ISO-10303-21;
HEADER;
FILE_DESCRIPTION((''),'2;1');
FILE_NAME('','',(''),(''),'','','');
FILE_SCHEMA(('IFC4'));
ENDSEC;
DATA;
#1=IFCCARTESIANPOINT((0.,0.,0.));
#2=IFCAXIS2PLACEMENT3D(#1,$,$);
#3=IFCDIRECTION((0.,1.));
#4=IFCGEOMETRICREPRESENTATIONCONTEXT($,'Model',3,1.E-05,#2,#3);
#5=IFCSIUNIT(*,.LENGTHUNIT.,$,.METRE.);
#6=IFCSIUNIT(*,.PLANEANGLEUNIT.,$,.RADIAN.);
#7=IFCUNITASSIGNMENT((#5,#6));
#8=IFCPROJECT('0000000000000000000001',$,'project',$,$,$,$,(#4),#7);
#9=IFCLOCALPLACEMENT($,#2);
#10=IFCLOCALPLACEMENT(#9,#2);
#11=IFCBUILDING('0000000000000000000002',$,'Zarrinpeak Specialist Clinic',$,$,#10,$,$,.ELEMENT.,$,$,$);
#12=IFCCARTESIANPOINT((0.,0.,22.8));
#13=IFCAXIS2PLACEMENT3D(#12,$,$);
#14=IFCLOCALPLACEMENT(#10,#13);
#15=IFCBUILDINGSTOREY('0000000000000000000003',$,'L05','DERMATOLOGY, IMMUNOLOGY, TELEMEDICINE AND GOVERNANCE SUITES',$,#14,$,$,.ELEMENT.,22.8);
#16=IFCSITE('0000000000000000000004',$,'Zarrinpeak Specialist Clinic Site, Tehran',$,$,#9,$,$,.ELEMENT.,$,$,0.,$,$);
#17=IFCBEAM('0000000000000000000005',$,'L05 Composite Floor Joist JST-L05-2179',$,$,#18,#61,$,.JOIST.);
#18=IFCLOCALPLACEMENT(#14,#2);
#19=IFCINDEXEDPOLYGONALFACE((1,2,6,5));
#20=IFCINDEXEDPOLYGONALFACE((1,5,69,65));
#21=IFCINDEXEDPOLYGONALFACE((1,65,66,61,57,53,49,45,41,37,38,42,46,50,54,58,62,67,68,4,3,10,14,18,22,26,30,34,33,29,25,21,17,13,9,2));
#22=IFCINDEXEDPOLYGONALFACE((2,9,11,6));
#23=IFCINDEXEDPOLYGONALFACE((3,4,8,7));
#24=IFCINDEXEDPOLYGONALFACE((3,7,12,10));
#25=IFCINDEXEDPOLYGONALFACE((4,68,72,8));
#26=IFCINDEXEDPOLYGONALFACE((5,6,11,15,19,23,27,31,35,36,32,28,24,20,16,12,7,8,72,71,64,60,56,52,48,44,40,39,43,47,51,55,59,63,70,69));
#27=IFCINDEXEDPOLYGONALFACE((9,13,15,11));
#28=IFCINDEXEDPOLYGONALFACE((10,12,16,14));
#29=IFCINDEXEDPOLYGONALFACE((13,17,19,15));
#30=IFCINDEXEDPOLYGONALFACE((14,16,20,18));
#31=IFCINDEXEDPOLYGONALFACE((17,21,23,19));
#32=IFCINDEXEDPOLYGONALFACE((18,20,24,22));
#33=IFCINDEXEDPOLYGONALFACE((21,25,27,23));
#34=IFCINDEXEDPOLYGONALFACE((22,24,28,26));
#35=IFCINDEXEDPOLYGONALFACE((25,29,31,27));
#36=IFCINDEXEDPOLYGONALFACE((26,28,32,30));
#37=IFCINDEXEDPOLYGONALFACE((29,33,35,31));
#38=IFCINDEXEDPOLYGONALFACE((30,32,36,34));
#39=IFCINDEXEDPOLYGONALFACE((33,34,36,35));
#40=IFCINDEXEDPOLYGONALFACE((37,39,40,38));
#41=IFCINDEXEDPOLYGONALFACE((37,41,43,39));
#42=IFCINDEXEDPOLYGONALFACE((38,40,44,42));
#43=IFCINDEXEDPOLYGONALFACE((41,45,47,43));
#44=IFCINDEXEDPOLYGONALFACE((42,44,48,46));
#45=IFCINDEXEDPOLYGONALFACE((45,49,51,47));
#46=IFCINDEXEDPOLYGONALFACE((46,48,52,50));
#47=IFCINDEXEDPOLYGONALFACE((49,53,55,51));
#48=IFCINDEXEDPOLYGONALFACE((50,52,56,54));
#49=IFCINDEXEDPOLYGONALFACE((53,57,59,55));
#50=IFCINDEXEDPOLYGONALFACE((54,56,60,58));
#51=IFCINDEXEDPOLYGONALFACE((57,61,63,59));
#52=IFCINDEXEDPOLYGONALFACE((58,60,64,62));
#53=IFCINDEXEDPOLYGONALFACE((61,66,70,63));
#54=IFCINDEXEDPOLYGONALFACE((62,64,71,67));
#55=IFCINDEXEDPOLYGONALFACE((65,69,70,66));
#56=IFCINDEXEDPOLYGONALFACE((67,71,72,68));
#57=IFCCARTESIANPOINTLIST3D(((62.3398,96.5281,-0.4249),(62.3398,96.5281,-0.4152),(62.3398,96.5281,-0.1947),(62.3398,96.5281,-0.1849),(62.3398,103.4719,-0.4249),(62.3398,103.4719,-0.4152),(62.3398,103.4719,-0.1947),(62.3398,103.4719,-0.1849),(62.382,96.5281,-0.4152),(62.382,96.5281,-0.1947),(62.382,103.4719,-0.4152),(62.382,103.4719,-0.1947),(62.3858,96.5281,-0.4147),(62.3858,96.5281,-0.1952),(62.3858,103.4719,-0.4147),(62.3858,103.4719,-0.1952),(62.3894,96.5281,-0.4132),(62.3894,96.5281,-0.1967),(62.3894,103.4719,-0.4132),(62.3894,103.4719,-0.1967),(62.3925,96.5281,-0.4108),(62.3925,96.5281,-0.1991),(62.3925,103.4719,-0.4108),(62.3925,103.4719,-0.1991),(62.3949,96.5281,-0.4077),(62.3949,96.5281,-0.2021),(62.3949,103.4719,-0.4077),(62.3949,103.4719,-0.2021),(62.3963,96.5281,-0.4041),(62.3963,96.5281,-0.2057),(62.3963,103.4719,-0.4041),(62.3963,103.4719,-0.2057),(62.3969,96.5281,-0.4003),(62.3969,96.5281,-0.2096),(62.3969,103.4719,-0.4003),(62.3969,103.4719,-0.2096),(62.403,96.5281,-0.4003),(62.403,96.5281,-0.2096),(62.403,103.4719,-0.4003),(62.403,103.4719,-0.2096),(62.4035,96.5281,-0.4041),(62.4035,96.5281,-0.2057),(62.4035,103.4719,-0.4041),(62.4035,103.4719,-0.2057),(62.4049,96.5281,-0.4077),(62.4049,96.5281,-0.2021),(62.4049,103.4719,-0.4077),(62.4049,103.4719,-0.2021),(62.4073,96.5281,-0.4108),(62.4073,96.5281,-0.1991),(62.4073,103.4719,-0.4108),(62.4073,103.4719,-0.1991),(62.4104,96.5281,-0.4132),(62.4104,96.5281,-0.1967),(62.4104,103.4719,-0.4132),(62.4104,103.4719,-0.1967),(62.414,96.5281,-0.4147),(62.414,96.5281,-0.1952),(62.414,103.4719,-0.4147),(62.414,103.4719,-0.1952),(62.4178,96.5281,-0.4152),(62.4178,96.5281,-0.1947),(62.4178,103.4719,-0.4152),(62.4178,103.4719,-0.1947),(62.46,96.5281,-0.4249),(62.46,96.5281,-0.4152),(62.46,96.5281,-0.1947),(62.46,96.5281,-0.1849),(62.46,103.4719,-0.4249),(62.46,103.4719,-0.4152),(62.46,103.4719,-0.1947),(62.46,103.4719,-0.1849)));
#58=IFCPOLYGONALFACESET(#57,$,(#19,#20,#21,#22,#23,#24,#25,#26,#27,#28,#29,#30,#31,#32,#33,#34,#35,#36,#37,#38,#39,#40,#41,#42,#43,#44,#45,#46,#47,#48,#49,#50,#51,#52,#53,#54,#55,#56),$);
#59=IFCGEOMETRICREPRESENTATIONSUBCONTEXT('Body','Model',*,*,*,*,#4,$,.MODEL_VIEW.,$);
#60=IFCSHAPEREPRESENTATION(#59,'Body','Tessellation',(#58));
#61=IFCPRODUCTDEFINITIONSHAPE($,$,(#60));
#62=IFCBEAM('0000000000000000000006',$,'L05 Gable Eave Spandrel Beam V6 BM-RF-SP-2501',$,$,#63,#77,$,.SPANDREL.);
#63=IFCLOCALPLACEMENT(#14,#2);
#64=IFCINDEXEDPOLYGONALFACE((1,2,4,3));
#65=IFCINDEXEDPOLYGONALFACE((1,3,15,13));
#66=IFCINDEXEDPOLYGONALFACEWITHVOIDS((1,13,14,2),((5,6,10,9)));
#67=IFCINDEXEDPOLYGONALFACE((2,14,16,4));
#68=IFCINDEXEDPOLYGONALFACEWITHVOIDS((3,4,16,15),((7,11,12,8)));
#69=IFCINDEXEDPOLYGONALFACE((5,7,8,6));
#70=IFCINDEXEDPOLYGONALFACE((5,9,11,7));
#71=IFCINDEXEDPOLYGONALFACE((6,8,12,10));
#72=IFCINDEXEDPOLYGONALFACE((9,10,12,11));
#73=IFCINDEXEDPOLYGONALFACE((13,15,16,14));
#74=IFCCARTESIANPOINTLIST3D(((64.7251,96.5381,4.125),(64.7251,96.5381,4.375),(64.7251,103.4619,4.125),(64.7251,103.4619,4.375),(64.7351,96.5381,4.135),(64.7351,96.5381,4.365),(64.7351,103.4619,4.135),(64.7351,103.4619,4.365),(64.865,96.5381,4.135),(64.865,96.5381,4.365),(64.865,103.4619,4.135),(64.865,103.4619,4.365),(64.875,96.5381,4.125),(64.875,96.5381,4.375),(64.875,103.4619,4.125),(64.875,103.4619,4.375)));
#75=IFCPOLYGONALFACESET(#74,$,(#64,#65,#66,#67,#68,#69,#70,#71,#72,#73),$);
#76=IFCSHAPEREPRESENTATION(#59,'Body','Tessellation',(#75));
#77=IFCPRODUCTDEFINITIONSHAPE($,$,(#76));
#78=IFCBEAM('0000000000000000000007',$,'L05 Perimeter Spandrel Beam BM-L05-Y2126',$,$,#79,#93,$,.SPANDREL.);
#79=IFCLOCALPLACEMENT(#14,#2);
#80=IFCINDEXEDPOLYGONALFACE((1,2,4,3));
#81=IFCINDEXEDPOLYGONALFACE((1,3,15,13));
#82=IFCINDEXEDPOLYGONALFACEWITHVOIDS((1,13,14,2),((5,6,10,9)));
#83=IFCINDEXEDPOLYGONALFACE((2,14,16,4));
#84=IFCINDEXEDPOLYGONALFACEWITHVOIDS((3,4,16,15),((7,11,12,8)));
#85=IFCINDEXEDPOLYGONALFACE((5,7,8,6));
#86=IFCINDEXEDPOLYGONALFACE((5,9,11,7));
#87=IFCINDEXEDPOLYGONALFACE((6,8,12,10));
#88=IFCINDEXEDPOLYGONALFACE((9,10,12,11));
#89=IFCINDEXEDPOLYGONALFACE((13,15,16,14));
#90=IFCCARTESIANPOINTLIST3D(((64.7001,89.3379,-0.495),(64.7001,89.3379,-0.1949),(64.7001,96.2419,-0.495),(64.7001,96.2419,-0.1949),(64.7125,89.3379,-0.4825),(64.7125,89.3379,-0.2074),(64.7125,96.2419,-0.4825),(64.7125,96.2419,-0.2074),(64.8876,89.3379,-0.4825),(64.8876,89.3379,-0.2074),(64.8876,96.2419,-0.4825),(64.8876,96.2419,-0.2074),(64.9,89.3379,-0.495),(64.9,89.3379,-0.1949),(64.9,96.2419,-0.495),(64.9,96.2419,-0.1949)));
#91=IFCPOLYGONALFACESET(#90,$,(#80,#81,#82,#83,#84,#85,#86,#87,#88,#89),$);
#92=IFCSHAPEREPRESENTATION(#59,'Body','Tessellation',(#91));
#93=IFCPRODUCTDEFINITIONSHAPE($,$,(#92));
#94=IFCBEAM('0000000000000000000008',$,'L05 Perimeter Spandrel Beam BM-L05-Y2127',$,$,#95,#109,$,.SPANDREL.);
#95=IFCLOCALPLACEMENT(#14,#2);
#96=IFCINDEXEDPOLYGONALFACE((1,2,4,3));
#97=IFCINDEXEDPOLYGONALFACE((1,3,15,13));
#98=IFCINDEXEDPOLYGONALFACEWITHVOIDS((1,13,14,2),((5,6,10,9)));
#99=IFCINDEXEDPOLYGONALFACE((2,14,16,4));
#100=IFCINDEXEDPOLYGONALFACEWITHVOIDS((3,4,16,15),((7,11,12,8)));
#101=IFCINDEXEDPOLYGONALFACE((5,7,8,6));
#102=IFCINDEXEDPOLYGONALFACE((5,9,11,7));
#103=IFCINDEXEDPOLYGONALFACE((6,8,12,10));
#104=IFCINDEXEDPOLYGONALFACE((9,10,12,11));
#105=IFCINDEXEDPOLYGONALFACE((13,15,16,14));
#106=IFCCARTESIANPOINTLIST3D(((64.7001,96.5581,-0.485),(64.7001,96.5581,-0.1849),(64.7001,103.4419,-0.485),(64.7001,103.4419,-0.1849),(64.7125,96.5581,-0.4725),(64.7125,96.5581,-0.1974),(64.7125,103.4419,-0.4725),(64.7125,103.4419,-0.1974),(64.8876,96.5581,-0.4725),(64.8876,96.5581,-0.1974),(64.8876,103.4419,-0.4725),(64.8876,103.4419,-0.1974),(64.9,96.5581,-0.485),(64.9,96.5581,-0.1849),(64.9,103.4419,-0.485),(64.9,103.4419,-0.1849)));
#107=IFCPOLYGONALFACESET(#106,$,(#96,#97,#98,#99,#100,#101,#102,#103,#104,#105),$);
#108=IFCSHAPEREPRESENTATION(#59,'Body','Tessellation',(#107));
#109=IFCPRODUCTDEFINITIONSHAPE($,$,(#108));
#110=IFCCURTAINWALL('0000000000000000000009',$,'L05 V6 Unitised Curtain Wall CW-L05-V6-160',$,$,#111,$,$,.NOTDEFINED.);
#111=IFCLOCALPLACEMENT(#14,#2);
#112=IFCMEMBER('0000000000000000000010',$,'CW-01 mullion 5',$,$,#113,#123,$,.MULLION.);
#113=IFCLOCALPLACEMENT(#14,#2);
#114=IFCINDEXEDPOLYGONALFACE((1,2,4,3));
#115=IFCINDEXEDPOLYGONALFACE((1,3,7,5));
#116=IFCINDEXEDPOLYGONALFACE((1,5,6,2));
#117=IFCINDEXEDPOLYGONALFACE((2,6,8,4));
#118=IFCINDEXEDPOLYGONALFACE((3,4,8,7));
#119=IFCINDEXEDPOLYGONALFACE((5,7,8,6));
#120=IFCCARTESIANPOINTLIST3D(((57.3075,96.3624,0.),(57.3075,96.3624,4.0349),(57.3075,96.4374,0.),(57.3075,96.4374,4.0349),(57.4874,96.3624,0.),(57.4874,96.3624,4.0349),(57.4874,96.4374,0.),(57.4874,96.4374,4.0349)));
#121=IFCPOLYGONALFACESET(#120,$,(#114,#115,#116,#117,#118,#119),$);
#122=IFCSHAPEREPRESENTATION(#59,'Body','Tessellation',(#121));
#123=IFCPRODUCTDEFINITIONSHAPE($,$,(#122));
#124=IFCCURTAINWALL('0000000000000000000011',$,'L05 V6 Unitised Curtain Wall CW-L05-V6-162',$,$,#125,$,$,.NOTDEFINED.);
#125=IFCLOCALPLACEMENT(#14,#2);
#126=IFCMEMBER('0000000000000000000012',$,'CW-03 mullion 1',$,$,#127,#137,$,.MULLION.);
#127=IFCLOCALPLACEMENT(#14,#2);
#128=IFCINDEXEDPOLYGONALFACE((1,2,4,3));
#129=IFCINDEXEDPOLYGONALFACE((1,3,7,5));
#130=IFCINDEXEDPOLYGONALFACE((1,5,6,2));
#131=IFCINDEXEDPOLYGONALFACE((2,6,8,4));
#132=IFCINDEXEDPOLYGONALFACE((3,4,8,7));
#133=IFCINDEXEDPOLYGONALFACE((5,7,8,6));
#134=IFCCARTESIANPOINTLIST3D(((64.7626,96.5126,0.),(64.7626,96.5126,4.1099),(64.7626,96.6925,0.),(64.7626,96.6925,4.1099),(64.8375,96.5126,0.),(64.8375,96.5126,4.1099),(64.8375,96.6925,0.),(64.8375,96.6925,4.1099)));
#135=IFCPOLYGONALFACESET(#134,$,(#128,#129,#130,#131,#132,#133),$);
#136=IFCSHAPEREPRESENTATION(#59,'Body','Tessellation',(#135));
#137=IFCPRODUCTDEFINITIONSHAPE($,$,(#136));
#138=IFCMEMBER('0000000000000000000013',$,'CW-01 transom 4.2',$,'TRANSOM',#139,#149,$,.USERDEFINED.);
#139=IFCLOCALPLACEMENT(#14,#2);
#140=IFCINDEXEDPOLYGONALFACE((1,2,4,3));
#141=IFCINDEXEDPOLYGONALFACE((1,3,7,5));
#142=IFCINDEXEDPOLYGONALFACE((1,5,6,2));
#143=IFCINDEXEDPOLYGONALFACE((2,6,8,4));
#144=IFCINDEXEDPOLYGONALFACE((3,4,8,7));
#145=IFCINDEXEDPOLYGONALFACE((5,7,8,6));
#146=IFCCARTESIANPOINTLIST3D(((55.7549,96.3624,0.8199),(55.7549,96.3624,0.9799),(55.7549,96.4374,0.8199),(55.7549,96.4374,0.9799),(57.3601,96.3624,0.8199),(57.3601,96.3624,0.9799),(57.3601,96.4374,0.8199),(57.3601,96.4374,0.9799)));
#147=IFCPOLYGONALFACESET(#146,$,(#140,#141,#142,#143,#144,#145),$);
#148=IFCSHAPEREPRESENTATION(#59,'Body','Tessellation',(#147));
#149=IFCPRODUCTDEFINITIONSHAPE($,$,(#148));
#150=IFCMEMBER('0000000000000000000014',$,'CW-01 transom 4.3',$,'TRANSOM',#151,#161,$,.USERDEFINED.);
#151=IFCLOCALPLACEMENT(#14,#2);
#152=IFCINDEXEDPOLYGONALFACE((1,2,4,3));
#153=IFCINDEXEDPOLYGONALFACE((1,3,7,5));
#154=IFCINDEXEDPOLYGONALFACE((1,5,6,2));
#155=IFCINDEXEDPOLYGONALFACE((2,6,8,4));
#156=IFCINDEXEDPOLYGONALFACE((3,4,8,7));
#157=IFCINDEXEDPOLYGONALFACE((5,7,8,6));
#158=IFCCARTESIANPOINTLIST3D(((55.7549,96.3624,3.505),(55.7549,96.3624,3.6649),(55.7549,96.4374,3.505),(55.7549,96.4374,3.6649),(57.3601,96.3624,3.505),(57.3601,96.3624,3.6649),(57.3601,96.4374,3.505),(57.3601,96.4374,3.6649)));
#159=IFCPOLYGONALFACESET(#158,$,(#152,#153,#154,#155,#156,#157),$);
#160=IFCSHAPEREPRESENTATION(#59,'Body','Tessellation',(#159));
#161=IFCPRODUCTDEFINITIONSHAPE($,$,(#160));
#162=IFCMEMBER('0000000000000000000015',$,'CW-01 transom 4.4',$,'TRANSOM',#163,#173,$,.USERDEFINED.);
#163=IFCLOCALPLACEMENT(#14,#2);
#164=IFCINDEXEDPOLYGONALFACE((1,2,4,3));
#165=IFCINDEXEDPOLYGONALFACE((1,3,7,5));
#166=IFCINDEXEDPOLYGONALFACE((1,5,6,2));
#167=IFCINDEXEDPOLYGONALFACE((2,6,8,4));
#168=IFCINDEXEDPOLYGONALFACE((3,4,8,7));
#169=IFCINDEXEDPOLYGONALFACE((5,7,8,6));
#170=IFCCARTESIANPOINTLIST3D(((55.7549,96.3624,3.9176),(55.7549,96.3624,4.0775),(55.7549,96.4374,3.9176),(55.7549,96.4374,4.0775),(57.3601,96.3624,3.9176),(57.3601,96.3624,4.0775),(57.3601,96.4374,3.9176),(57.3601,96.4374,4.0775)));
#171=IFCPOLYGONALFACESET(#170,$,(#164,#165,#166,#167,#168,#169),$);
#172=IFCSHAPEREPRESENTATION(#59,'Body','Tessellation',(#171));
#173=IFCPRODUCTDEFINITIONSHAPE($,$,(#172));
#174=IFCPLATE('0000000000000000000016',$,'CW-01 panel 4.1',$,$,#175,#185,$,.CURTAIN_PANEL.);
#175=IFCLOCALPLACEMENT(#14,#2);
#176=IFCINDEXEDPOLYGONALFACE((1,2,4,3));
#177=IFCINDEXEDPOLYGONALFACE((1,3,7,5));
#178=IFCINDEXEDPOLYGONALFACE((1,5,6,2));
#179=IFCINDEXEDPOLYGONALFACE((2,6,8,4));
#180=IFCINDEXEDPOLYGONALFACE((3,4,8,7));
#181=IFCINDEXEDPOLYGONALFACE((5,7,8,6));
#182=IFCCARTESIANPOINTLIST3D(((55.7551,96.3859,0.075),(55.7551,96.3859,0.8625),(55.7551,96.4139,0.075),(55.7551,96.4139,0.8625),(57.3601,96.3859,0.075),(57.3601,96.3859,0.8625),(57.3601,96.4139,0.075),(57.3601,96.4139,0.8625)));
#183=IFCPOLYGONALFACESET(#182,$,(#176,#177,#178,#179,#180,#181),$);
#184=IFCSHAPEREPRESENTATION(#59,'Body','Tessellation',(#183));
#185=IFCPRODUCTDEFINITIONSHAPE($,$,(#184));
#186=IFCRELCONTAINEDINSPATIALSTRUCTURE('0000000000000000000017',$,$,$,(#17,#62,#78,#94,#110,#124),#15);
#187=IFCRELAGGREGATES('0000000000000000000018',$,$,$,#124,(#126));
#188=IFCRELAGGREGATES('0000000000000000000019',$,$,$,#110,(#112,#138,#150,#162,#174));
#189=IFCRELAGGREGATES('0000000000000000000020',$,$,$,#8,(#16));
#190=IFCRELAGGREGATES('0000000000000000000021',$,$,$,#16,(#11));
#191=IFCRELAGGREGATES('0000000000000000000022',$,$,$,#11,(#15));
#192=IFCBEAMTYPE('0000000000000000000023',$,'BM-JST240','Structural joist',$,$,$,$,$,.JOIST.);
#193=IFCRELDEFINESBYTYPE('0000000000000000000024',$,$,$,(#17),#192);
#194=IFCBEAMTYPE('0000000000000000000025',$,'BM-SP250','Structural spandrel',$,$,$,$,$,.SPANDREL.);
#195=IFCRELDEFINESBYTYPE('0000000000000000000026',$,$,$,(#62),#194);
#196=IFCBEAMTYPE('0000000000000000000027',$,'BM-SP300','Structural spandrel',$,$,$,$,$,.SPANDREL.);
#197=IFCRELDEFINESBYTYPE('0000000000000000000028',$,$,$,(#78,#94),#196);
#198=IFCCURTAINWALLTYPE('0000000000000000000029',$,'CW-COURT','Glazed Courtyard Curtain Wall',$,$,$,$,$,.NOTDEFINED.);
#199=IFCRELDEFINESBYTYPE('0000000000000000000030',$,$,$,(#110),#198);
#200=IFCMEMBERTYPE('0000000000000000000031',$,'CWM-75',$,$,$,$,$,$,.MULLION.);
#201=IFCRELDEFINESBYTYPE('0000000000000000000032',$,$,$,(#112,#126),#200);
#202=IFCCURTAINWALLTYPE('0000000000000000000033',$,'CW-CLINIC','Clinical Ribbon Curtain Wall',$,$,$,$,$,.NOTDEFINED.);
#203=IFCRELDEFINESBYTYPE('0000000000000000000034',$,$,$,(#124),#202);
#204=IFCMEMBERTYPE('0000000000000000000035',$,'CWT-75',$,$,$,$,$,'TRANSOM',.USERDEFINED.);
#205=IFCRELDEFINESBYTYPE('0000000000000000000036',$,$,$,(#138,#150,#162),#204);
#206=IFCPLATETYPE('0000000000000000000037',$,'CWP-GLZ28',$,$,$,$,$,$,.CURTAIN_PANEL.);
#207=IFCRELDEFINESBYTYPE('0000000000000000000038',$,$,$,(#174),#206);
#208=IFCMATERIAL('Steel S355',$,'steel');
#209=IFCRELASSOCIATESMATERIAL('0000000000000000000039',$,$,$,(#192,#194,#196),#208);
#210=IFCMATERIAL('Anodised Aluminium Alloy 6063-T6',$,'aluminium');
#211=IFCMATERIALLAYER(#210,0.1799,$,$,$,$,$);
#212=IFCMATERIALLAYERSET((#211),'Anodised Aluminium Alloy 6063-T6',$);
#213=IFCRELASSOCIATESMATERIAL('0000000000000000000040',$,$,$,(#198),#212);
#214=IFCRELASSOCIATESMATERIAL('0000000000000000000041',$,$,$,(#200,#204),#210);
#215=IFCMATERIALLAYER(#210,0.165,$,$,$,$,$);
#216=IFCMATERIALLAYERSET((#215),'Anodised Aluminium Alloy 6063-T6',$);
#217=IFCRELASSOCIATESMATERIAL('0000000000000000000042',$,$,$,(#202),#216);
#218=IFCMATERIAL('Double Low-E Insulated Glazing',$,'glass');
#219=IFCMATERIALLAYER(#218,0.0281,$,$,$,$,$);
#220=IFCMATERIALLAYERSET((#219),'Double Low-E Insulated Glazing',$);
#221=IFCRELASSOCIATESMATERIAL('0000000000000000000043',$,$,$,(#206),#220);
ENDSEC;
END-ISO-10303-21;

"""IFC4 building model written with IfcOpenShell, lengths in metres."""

from ifc_helpers import new_model, si_unit, direction, frame, origin, origin_2d, place, context, subcontext, project, spatial, rectangle, hollow_rectangle, i_section, extrude, material, layer, layer_set, material_profile, profile_set, type_object, element, aggregate, save


model = new_model("IFC4")

# Units and contexts
model_context = context("Model", 3, precision=1e-05, world=origin(), true_north=direction((0.0, 1.0)))
body_context = subcontext(model_context, "Body", "Model", "MODEL_VIEW")
ifc_project = project(units=[si_unit("LENGTHUNIT", "METRE"), si_unit("PLANEANGLEUNIT", "RADIAN")], contexts=[model_context])

# Site, building, storey
site_placement = place(None, origin())
site = spatial("IfcSite", under=ifc_project, at=site_placement, Name="Zarrinpeak Specialist Clinic Site, Tehran", CompositionType="ELEMENT", RefElevation=0.0)
building_placement = place(site_placement, origin())
building = spatial("IfcBuilding", under=site, at=building_placement, Name="Zarrinpeak Specialist Clinic", CompositionType="ELEMENT")
storey_placement = place(building_placement, frame((0.0, 0.0, 22.8)))
storey = spatial("IfcBuildingStorey", under=building, at=storey_placement, Name="L05", Description="DERMATOLOGY, IMMUNOLOGY, TELEMEDICINE AND GOVERNANCE SUITES", CompositionType="ELEMENT", Elevation=22.8)

# Shared definitions
ifc_material_1 = material(Name="Steel S355", Category="steel")

# Beams
ifc_material_profile_1 = material_profile(ifc_material_1, i_section(OverallWidth=0.1201, OverallDepth=0.24, WebThickness=0.0061, FlangeThickness=0.0098, FilletRadius=0.0149, at=origin_2d()), Name="IPE 240")
ifc_profile_set_1 = profile_set([ifc_material_profile_1], Name="Steel S355")
beam_type_1 = type_object("IfcBeamType", Name="BM-JST240", Description="Structural joist", PredefinedType="JOIST", material=ifc_profile_set_1)
for number, where, z_axis, x_axis, name in (
    (1, (62.3999, 96.5281, -0.3049), (0.0, 1.0, 0.0), (-1.0, 0.0, 0.0), "L05 Composite Floor Joist JST-L05-2179"),
):
    element("IfcBeam", number, at=place(storey_placement, frame(where, z_axis=z_axis, x_axis=x_axis)), inside=storey, type_object=beam_type_1, Name=name, PredefinedType="JOIST", context=body_context, shape_type="SweptSolid", body=[
        extrude(i_section(OverallWidth=0.1201, OverallDepth=0.24, WebThickness=0.0061, FlangeThickness=0.0098, FilletRadius=0.0149, at=origin_2d()), origin(), (0.0, 0.0, 1.0), 6.9438),
    ])
ifc_material_profile_2 = material_profile(ifc_material_1, hollow_rectangle(XDim=0.1499, YDim=0.25, WallThickness=0.01, at=origin_2d()), Name="RHS 250x150x10.0")
ifc_profile_set_2 = profile_set([ifc_material_profile_2], Name="Steel S355")
beam_type_2 = type_object("IfcBeamType", Name="BM-SP250", Description="Structural spandrel", PredefinedType="SPANDREL", material=ifc_profile_set_2)
beam_1_placement = place(storey_placement, frame((64.8, 96.5381, 4.25), z_axis=(0.0, 1.0, 0.0), x_axis=(-1.0, 0.0, 0.0)))
element("IfcBeam", 2, at=beam_1_placement, inside=storey, type_object=beam_type_2, Name="L05 Gable Eave Spandrel Beam V6 BM-RF-SP-2501", PredefinedType="SPANDREL", context=body_context, shape_type="SweptSolid", body=[
    extrude(hollow_rectangle(XDim=0.1499, YDim=0.25, WallThickness=0.01, at=origin_2d()), origin(), (0.0, 0.0, 1.0), 6.9238),
])
ifc_material_profile_3 = material_profile(ifc_material_1, hollow_rectangle(XDim=0.2, YDim=0.3, WallThickness=0.0125, at=origin_2d()), Name="RHS 300x200x12.5")
ifc_profile_set_3 = profile_set([ifc_material_profile_3], Name="Steel S355")
beam_type_3 = type_object("IfcBeamType", Name="BM-SP300", Description="Structural spandrel", PredefinedType="SPANDREL", material=ifc_profile_set_3)
beam_2_placement = place(storey_placement, frame((64.8, 89.3379, -0.345), z_axis=(0.0, 1.0, 0.0), x_axis=(-1.0, 0.0, 0.0)))
element("IfcBeam", 3, at=beam_2_placement, inside=storey, type_object=beam_type_3, Name="L05 Perimeter Spandrel Beam BM-L05-Y2126", PredefinedType="SPANDREL", context=body_context, shape_type="SweptSolid", body=[
    extrude(hollow_rectangle(XDim=0.2, YDim=0.3, WallThickness=0.0125, at=origin_2d()), origin(), (0.0, 0.0, 1.0), 6.9041),
])
beam_3_placement = place(storey_placement, frame((64.8, 96.5581, -0.335), z_axis=(0.0, 1.0, 0.0), x_axis=(-1.0, 0.0, 0.0)))
element("IfcBeam", 4, at=beam_3_placement, inside=storey, type_object=beam_type_3, Name="L05 Perimeter Spandrel Beam BM-L05-Y2127", PredefinedType="SPANDREL", context=body_context, shape_type="SweptSolid", body=[
    extrude(hollow_rectangle(XDim=0.2, YDim=0.3, WallThickness=0.0125, at=origin_2d()), origin(), (0.0, 0.0, 1.0), 6.8838),
])

# Curtain walls, members
ifc_material_2 = material(Name="Anodised Aluminium Alloy 6063-T6", Category="aluminium")
ifc_layer_1 = layer(ifc_material_2, 0.1799)
ifc_layer_set_1 = layer_set([ifc_layer_1], Name="Anodised Aluminium Alloy 6063-T6")
curtain_wall_type_1 = type_object("IfcCurtainWallType", Name="CW-COURT", Description="Glazed Courtyard Curtain Wall", PredefinedType="NOTDEFINED", material=ifc_layer_set_1)
curtain_wall_1_placement = place(storey_placement, origin())
curtain_wall_1 = element("IfcCurtainWall", 5, at=curtain_wall_1_placement, inside=storey, type_object=curtain_wall_type_1, Name="L05 V6 Unitised Curtain Wall CW-L05-V6-160", PredefinedType="NOTDEFINED")
ifc_material_profile_4 = material_profile(ifc_material_2, rectangle(XDim=0.075, YDim=0.1799, at=origin_2d()), Name="ALU 75x180")
ifc_profile_set_4 = profile_set([ifc_material_profile_4], Name="Anodised Aluminium Alloy 6063-T6")
member_type_1 = type_object("IfcMemberType", Name="CWM-75", PredefinedType="MULLION", material=ifc_profile_set_4)
member_1_placement = place(storey_placement, frame((57.3975, 96.3999, 0.0), z_axis=(0.0, 0.0, 1.0), x_axis=(0.0, 1.0, 0.0)))
member_1 = element("IfcMember", 6, at=member_1_placement, type_object=member_type_1, Name="CW-01 mullion 5", PredefinedType="MULLION", context=body_context, shape_type="SweptSolid", body=[
    extrude(rectangle(XDim=0.075, YDim=0.1799, at=origin_2d()), origin(), (0.0, 0.0, 1.0), 4.0349),
])
ifc_layer_2 = layer(ifc_material_2, 0.165)
ifc_layer_set_2 = layer_set([ifc_layer_2], Name="Anodised Aluminium Alloy 6063-T6")
curtain_wall_type_2 = type_object("IfcCurtainWallType", Name="CW-CLINIC", Description="Clinical Ribbon Curtain Wall", PredefinedType="NOTDEFINED", material=ifc_layer_set_2)
curtain_wall_2_placement = place(storey_placement, origin())
curtain_wall_2 = element("IfcCurtainWall", 7, at=curtain_wall_2_placement, inside=storey, type_object=curtain_wall_type_2, Name="L05 V6 Unitised Curtain Wall CW-L05-V6-162", PredefinedType="NOTDEFINED")
member_2_placement = place(storey_placement, frame((64.8, 96.6025, 0.0), z_axis=(0.0, 0.0, 1.0), x_axis=(-1.0, 0.0, 0.0)))
member_2 = element("IfcMember", 8, at=member_2_placement, type_object=member_type_1, Name="CW-03 mullion 1", PredefinedType="MULLION", context=body_context, shape_type="SweptSolid", body=[
    extrude(rectangle(XDim=0.075, YDim=0.1799, at=origin_2d()), origin(), (0.0, 0.0, 1.0), 4.1099),
])
aggregate(curtain_wall_2, [member_2])

# Members
ifc_material_profile_5 = material_profile(ifc_material_2, rectangle(XDim=0.075, YDim=0.1599, at=origin_2d()), Name="ALU 75x160")
ifc_profile_set_5 = profile_set([ifc_material_profile_5], Name="Anodised Aluminium Alloy 6063-T6")
member_type_2 = type_object("IfcMemberType", Name="CWT-75", ElementType="TRANSOM", PredefinedType="USERDEFINED", material=ifc_profile_set_5)
member_3_placement = place(storey_placement, frame((55.7549, 96.3999, 0.8999), z_axis=(1.0, 0.0, 0.0), x_axis=(0.0, 1.0, 0.0)))
member_3 = element("IfcMember", 9, at=member_3_placement, type_object=member_type_2, Name="CW-01 transom 4.2", ObjectType="TRANSOM", PredefinedType="USERDEFINED", context=body_context, shape_type="SweptSolid", body=[
    extrude(rectangle(XDim=0.075, YDim=0.1599, at=origin_2d()), origin(), (0.0, 0.0, 1.0), 1.6052),
])
member_4_placement = place(storey_placement, frame((55.7549, 96.3999, 3.585), z_axis=(1.0, 0.0, 0.0), x_axis=(0.0, 1.0, 0.0)))
member_4 = element("IfcMember", 10, at=member_4_placement, type_object=member_type_2, Name="CW-01 transom 4.3", ObjectType="TRANSOM", PredefinedType="USERDEFINED", context=body_context, shape_type="SweptSolid", body=[
    extrude(rectangle(XDim=0.075, YDim=0.1599, at=origin_2d()), origin(), (0.0, 0.0, 1.0), 1.6052),
])
member_5_placement = place(storey_placement, frame((55.7549, 96.3999, 3.9976), z_axis=(1.0, 0.0, 0.0), x_axis=(0.0, 1.0, 0.0)))
member_5 = element("IfcMember", 11, at=member_5_placement, type_object=member_type_2, Name="CW-01 transom 4.4", ObjectType="TRANSOM", PredefinedType="USERDEFINED", context=body_context, shape_type="SweptSolid", body=[
    extrude(rectangle(XDim=0.075, YDim=0.1599, at=origin_2d()), origin(), (0.0, 0.0, 1.0), 1.6052),
])

# Plate
ifc_material_3 = material(Name="Double Low-E Insulated Glazing", Category="glass")
ifc_layer_3 = layer(ifc_material_3, 0.0281)
ifc_layer_set_3 = layer_set([ifc_layer_3], Name="Double Low-E Insulated Glazing")
plate_type = type_object("IfcPlateType", Name="CWP-GLZ28", PredefinedType="CURTAIN_PANEL", material=ifc_layer_set_3)
plate_1_placement = place(storey_placement, frame((56.5576, 96.3999, 0.075), z_axis=(0.0, 0.0, 1.0), x_axis=(1.0, 0.0, 0.0)))
plate_1 = element("IfcPlate", 12, at=plate_1_placement, type_object=plate_type, Name="CW-01 panel 4.1", PredefinedType="CURTAIN_PANEL", context=body_context, shape_type="SweptSolid", body=[
    extrude(rectangle(XDim=1.605, YDim=0.0281, at=origin_2d()), origin(), (0.0, 0.0, 1.0), 0.7876),
])
aggregate(curtain_wall_1, [member_1, member_3, member_4, member_5, plate_1])

save(model, "model.ifc")
